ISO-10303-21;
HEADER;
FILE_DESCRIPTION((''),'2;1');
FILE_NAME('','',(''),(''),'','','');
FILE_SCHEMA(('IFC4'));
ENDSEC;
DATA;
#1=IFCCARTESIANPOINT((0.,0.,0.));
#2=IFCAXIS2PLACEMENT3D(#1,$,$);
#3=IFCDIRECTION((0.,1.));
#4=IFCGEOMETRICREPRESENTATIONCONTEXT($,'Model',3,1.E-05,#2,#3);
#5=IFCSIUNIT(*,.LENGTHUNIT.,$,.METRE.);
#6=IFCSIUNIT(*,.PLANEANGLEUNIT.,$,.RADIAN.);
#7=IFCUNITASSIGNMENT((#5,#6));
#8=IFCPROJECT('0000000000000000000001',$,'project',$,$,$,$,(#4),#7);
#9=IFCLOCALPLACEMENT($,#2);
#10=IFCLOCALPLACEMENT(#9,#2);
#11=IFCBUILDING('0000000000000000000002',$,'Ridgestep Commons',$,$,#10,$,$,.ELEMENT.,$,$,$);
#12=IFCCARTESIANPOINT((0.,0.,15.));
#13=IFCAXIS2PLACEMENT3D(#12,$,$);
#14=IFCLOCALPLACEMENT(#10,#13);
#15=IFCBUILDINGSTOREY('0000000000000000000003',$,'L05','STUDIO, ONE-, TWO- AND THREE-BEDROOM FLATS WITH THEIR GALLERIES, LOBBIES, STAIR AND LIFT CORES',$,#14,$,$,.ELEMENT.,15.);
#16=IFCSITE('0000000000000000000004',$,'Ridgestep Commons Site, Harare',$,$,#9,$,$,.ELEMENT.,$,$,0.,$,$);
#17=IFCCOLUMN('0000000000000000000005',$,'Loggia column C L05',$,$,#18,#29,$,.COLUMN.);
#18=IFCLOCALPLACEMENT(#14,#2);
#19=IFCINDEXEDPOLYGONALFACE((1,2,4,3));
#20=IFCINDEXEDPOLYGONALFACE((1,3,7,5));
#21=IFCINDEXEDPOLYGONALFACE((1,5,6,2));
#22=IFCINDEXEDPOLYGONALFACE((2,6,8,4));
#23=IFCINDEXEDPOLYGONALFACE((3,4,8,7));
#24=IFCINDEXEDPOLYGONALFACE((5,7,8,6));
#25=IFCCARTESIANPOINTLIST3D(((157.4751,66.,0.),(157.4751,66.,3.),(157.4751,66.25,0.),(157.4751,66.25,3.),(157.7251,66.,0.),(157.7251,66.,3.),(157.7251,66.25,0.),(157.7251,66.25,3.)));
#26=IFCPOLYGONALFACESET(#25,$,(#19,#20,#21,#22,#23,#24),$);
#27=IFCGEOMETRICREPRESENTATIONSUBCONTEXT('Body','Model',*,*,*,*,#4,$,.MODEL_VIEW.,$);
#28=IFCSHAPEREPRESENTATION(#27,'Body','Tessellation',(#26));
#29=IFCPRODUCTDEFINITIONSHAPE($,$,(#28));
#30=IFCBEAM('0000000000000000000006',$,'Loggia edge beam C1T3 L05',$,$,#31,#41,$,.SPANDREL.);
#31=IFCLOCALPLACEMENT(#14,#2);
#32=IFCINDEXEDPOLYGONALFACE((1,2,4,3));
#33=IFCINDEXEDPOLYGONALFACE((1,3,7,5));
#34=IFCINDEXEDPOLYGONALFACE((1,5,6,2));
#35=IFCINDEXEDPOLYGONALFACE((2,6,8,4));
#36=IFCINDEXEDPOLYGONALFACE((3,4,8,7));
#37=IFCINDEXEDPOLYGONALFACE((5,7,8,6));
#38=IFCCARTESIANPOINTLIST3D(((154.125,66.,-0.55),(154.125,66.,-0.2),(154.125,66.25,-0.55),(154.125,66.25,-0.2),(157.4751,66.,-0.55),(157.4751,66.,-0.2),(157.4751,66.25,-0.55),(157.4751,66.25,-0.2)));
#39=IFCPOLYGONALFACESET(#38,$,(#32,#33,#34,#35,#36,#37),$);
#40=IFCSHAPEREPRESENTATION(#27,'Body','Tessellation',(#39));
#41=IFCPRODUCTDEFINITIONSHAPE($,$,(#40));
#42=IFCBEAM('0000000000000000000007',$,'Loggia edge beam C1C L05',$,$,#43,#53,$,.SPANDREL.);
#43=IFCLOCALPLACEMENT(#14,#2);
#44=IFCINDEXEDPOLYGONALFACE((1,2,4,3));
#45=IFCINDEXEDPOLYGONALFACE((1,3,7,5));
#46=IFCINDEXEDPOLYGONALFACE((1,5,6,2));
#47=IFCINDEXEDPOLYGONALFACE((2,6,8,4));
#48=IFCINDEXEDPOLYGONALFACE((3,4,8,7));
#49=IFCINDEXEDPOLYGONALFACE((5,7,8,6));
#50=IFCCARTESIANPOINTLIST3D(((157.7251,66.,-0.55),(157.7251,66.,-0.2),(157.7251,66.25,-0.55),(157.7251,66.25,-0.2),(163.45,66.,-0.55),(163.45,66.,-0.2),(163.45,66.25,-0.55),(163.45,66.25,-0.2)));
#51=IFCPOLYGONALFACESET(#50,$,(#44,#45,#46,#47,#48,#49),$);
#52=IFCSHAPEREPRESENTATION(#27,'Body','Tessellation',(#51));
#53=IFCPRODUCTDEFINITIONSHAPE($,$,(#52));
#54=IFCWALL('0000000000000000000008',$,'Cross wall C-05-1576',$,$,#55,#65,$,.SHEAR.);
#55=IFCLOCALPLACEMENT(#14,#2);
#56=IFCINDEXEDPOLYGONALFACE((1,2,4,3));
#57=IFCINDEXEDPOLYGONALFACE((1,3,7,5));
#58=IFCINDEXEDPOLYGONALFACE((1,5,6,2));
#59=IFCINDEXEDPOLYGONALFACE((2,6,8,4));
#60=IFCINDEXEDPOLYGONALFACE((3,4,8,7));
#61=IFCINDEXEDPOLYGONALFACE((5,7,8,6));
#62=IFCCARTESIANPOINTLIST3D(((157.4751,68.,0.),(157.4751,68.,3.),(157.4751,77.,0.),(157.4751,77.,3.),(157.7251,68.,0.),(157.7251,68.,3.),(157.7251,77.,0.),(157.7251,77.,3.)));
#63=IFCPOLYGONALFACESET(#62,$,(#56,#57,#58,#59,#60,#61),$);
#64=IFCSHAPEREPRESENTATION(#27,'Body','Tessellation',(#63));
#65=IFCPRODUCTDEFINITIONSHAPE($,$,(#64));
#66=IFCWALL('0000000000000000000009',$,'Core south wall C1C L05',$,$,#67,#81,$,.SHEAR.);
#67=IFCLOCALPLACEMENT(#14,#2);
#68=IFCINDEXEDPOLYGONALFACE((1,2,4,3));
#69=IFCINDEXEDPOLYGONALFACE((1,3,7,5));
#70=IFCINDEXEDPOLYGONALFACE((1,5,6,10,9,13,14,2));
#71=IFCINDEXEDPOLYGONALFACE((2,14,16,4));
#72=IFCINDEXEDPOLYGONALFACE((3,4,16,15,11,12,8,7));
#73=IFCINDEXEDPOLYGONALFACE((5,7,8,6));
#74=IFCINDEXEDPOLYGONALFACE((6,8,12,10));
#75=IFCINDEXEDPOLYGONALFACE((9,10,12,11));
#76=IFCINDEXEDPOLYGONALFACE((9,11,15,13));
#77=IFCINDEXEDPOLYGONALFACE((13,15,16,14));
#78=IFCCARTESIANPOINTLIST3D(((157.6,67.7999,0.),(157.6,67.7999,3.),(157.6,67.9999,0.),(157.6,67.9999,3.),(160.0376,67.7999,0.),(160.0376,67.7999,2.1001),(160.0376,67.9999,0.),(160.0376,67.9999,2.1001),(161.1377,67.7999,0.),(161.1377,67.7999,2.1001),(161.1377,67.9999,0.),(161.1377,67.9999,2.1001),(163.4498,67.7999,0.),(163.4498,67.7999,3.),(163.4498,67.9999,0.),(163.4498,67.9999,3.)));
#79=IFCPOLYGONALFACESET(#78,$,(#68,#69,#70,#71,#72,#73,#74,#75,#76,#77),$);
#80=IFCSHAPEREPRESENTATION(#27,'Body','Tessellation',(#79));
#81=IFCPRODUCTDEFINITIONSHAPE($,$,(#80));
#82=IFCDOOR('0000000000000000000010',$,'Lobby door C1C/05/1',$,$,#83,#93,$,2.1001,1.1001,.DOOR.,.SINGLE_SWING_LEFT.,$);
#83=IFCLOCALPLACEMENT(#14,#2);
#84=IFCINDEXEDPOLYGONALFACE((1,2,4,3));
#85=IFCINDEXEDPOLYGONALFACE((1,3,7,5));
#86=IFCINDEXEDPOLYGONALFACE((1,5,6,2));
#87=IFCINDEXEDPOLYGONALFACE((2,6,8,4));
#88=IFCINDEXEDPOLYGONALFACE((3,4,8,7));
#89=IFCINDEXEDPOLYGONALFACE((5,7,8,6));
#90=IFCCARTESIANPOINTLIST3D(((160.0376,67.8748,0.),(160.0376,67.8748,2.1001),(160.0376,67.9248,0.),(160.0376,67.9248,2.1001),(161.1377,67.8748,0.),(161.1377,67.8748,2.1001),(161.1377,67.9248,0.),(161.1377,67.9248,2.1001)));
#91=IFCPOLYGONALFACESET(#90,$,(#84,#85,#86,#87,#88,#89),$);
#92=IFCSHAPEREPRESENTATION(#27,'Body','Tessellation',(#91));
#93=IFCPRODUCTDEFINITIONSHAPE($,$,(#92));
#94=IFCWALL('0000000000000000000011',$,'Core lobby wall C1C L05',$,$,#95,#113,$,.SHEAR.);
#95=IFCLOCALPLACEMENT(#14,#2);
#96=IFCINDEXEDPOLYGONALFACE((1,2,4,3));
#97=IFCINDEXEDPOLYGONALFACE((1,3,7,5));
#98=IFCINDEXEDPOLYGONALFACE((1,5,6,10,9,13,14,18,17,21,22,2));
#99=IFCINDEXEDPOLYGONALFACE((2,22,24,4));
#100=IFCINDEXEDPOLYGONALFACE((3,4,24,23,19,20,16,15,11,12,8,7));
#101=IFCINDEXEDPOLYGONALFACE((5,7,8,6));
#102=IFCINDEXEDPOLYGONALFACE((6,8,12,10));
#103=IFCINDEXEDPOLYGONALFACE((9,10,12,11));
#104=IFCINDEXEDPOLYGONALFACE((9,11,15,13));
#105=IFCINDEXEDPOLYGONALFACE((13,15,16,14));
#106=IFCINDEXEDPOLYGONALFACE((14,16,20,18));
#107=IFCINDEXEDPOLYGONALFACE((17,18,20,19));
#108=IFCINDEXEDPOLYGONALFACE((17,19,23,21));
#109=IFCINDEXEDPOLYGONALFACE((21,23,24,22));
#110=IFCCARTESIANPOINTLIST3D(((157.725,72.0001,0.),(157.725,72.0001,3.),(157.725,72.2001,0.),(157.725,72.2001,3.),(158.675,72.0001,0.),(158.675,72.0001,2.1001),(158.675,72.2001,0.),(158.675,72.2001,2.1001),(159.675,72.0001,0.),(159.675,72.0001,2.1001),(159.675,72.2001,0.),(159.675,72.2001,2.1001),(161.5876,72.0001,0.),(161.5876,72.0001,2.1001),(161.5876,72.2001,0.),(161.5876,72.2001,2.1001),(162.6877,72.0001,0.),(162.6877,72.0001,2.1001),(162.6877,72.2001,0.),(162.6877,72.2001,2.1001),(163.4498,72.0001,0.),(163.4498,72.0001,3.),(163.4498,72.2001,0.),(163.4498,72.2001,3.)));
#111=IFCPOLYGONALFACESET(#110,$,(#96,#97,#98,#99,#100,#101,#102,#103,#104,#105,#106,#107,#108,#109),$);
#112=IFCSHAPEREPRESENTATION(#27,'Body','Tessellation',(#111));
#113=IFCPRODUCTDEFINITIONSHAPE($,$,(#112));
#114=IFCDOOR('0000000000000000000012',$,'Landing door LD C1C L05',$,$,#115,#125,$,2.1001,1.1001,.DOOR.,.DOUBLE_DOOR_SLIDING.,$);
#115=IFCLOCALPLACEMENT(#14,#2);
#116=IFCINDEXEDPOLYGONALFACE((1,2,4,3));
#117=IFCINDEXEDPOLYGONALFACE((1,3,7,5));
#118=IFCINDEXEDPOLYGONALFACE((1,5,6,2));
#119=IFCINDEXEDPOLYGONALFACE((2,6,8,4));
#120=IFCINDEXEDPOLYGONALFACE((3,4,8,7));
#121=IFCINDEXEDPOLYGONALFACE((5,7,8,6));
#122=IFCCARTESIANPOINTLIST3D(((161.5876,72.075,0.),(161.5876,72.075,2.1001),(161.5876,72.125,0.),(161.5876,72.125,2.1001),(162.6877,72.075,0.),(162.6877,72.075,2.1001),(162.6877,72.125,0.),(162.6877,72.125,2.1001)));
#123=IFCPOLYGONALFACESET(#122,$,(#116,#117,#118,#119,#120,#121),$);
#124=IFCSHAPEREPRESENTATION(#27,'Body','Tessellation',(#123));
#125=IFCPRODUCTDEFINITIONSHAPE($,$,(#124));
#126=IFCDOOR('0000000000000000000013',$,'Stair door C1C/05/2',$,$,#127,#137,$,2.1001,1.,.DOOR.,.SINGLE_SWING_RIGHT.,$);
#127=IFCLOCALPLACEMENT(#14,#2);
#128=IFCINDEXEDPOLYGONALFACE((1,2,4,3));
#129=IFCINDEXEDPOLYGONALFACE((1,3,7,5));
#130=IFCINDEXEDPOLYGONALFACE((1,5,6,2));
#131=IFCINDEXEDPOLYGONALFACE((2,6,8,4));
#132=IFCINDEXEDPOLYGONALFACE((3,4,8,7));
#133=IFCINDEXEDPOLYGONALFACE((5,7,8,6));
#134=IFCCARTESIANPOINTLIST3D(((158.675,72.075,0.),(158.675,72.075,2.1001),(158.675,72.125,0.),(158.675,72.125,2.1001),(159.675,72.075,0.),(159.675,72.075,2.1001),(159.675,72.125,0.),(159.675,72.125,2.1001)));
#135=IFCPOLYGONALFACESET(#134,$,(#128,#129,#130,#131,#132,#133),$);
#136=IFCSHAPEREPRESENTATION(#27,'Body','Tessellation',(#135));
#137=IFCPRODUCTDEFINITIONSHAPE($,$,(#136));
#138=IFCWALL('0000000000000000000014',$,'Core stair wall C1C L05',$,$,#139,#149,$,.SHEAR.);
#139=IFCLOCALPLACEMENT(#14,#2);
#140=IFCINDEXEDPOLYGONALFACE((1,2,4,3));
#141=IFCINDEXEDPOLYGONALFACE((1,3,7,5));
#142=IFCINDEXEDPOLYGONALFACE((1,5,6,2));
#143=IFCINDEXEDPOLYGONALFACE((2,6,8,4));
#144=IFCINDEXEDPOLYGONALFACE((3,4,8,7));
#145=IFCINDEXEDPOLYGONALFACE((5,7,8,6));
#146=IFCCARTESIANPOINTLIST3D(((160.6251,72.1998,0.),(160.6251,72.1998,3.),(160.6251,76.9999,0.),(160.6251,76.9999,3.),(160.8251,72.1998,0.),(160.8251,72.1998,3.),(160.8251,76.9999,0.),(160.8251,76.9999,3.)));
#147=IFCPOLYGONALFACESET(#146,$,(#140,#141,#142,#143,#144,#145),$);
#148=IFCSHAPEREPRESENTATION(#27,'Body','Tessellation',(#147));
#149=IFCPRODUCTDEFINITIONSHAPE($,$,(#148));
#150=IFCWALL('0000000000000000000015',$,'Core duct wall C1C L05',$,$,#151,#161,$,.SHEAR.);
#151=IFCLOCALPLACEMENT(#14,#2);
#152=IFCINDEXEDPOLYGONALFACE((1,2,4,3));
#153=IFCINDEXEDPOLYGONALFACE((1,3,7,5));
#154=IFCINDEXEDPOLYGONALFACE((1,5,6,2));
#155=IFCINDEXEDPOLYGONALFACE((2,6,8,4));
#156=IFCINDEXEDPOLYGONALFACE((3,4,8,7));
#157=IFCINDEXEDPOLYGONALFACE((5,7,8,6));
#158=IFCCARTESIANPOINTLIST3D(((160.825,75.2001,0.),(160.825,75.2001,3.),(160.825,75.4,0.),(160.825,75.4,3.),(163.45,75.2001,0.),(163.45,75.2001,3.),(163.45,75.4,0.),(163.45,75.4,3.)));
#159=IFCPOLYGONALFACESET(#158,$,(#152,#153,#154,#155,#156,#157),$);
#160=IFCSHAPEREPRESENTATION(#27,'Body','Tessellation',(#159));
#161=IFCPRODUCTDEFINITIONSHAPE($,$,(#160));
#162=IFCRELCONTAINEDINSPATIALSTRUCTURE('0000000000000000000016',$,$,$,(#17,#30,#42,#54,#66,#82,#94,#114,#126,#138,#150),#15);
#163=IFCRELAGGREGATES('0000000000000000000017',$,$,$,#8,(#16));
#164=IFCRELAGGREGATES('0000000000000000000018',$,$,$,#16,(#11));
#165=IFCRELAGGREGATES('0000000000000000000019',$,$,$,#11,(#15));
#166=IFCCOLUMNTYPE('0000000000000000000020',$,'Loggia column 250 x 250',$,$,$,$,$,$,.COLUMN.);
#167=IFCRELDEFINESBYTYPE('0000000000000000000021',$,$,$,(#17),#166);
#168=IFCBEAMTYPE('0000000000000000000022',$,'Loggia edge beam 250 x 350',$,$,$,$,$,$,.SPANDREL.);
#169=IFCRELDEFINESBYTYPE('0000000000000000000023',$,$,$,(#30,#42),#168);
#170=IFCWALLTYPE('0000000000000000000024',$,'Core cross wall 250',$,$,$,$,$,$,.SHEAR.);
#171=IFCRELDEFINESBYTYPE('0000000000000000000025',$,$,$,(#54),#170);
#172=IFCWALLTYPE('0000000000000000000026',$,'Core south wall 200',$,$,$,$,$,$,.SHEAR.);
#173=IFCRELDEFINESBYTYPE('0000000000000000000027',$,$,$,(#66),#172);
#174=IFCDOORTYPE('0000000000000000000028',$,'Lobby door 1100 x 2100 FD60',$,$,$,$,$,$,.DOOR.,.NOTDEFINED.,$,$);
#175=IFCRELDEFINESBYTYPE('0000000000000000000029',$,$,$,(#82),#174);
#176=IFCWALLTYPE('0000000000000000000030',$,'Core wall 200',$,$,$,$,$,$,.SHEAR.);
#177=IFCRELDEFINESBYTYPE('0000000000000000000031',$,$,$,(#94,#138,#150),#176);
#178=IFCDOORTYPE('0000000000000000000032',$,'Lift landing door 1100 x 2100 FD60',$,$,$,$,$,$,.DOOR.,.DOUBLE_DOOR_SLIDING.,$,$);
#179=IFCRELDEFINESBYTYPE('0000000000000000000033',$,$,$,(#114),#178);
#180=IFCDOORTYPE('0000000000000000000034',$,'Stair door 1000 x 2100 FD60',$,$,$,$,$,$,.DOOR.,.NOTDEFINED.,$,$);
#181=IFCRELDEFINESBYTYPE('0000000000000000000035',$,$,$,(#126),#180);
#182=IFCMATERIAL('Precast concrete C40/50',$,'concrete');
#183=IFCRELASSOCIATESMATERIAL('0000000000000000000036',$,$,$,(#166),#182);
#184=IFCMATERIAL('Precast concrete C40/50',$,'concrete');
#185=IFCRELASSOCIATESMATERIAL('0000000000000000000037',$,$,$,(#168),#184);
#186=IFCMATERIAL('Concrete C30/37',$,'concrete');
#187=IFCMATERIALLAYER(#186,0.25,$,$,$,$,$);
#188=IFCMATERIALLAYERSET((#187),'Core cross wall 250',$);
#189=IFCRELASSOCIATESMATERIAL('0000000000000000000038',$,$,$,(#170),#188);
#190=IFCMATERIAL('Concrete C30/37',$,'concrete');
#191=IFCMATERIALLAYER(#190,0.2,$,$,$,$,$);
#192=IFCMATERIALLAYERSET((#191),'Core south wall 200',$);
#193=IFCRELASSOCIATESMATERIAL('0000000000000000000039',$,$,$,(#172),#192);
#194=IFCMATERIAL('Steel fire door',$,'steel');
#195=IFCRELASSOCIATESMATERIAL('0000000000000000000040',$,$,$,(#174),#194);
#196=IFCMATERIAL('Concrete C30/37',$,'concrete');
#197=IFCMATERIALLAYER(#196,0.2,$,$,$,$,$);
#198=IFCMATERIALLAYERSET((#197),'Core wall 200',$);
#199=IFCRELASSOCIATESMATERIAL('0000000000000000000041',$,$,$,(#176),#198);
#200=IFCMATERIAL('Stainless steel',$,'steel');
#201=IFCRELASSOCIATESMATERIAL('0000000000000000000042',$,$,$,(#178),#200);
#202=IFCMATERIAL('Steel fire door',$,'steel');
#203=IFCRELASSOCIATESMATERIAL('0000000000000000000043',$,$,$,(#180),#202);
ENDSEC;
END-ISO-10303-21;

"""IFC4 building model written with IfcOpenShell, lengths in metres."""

from ifc_helpers import new_model, si_unit, direction, frame, frame_2d, origin, origin_2d, place, context, subcontext, project, spatial, rectangle, extrude, material, layer, layer_set, material_profile, profile_set, type_object, element, fill, save


model = new_model("IFC4")

# Units and contexts
model_context = context("Model", 3, precision=1e-05, world=origin(), true_north=direction((0.0, 1.0)))
body_context = subcontext(model_context, "Body", "Model", "MODEL_VIEW")
ifc_project = project(units=[si_unit("LENGTHUNIT", "METRE"), si_unit("PLANEANGLEUNIT", "RADIAN")], contexts=[model_context])

# Site, building, storey
site_placement = place(None, origin())
site = spatial("IfcSite", under=ifc_project, at=site_placement, Name="Ridgestep Commons Site, Harare", CompositionType="ELEMENT", RefElevation=0.0)
building_placement = place(site_placement, origin())
building = spatial("IfcBuilding", under=site, at=building_placement, Name="Ridgestep Commons", CompositionType="ELEMENT")
storey_placement = place(building_placement, frame((0.0, 0.0, 15.0)))
storey = spatial("IfcBuildingStorey", under=building, at=storey_placement, Name="L05", Description="STUDIO, ONE-, TWO- AND THREE-BEDROOM FLATS WITH THEIR GALLERIES, LOBBIES, STAIR AND LIFT CORES", CompositionType="ELEMENT", Elevation=15.0)

# Column
ifc_material_1 = material(Name="Precast concrete C40/50", Category="concrete")
ifc_material_profile_1 = material_profile(ifc_material_1, rectangle(XDim=0.25, YDim=0.25, at=origin_2d()), Name="PC 250x250")
ifc_profile_set_1 = profile_set([ifc_material_profile_1], Name="Precast concrete C40/50")
column_type = type_object("IfcColumnType", Name="Loggia column 250 x 250", PredefinedType="COLUMN", material=ifc_profile_set_1)
column_placement = place(storey_placement, frame((157.6001, 66.125, 0.0), z_axis=(0.0, 0.0, 1.0), x_axis=(1.0, 0.0, 0.0)))
element("IfcColumn", 1, at=column_placement, inside=storey, type_object=column_type, Name="Loggia column C L05", PredefinedType="COLUMN", context=body_context, shape_type="SweptSolid", body=[
    extrude(rectangle(XDim=0.25, YDim=0.25, at=origin_2d()), origin(), (0.0, 0.0, 1.0), 3.0),
])

# Beams
ifc_material_2 = material(Name="Precast concrete C40/50", Category="concrete")
ifc_material_profile_2 = material_profile(ifc_material_2, rectangle(XDim=0.25, YDim=0.3501, at=origin_2d()), Name="PC 250x350")
ifc_profile_set_2 = profile_set([ifc_material_profile_2], Name="Precast concrete C40/50")
beam_type = type_object("IfcBeamType", Name="Loggia edge beam 250 x 350", PredefinedType="SPANDREL", material=ifc_profile_set_2)
beam_1_placement = place(storey_placement, frame((154.125, 66.125, -0.375), z_axis=(1.0, 0.0, 0.0), x_axis=(0.0, 1.0, 0.0)))
element("IfcBeam", 2, at=beam_1_placement, inside=storey, type_object=beam_type, Name="Loggia edge beam C1T3 L05", PredefinedType="SPANDREL", context=body_context, shape_type="SweptSolid", body=[
    extrude(rectangle(XDim=0.25, YDim=0.3501, at=origin_2d()), origin(), (0.0, 0.0, 1.0), 3.3501),
])
beam_2_placement = place(storey_placement, frame((157.7251, 66.125, -0.375), z_axis=(1.0, 0.0, 0.0), x_axis=(0.0, 1.0, 0.0)))
element("IfcBeam", 3, at=beam_2_placement, inside=storey, type_object=beam_type, Name="Loggia edge beam C1C L05", PredefinedType="SPANDREL", context=body_context, shape_type="SweptSolid", body=[
    extrude(rectangle(XDim=0.25, YDim=0.3501, at=origin_2d()), origin(), (0.0, 0.0, 1.0), 5.7249),
])

# Wall
ifc_material_3 = material(Name="Concrete C30/37", Category="concrete")
ifc_layer_1 = layer(ifc_material_3, 0.25)
ifc_layer_set_1 = layer_set([ifc_layer_1], Name="Core cross wall 250")
wall_type_1 = type_object("IfcWallType", Name="Core cross wall 250", PredefinedType="SHEAR", material=ifc_layer_set_1)
wall_1_placement = place(storey_placement, frame((157.6001, 68.0, 0.0), z_axis=(0.0, 0.0, 1.0), x_axis=(0.0, 1.0, 0.0)))
element("IfcWall", 4, at=wall_1_placement, inside=storey, type_object=wall_type_1, Name="Cross wall C-05-1576", PredefinedType="SHEAR", context=body_context, shape_type="SweptSolid", body=[
    extrude(rectangle(XDim=9.0, YDim=0.25, at=frame_2d((4.5, 0.0))), origin(), (0.0, 0.0, 1.0), 3.0),
])

# Wall, opening, door
ifc_material_4 = material(Name="Concrete C30/37", Category="concrete")
ifc_layer_2 = layer(ifc_material_4, 0.2)
ifc_layer_set_2 = layer_set([ifc_layer_2], Name="Core south wall 200")
wall_type_2 = type_object("IfcWallType", Name="Core south wall 200", PredefinedType="SHEAR", material=ifc_layer_set_2)
wall_2_placement = place(storey_placement, frame((157.6001, 67.8999, 0.0), z_axis=(0.0, 0.0, 1.0), x_axis=(1.0, 0.0, 0.0)))
wall_2 = element("IfcWall", 5, at=wall_2_placement, inside=storey, type_object=wall_type_2, Name="Core south wall C1C L05", PredefinedType="SHEAR", context=body_context, shape_type="SweptSolid", body=[
    extrude(rectangle(XDim=5.8499, YDim=0.2, at=frame_2d((2.9248, 0.0))), origin(), (0.0, 0.0, 1.0), 3.0),
])
opening_1_placement = place(wall_2_placement, frame((2.4375, 0.0, 0.0)))
opening_1 = element("IfcOpeningElement", 6, at=opening_1_placement, cuts=wall_2, PredefinedType="OPENING", context=body_context, shape_type="SweptSolid", body=[
    extrude(rectangle(XDim=1.1001, YDim=2.1001, at=frame_2d((0.55, 1.05))), frame((0.0, 0.1099, 0.0), z_axis=(0.0, -1.0, 0.0), x_axis=(1.0, 0.0, 0.0)), (0.0, 0.0, 1.0), 0.22),
])
ifc_material_5 = material(Name="Steel fire door", Category="steel")
door_type_1 = type_object("IfcDoorType", Name="Lobby door 1100 x 2100 FD60", OperationType="NOTDEFINED", PredefinedType="DOOR", material=ifc_material_5)
door_1_placement = place(opening_1_placement, origin())
door_1 = element("IfcDoor", 7, at=door_1_placement, inside=storey, type_object=door_type_1, Name="Lobby door C1C/05/1", OperationType="SINGLE_SWING_LEFT", OverallHeight=2.1001, OverallWidth=1.1001, PredefinedType="DOOR", context=body_context, shape_type="SweptSolid", body=[
    extrude(rectangle(XDim=1.1001, YDim=2.1001, at=frame_2d((0.55, 1.05))), frame((0.0, 0.0249, 0.0), z_axis=(0.0, -1.0, 0.0), x_axis=(1.0, 0.0, 0.0)), (0.0, 0.0, 1.0), 0.05),
])
fill(opening_1, door_1)

# Wall, openings, doors
ifc_material_6 = material(Name="Concrete C30/37", Category="concrete")
ifc_layer_3 = layer(ifc_material_6, 0.2)
ifc_layer_set_3 = layer_set([ifc_layer_3], Name="Core wall 200")
wall_type_3 = type_object("IfcWallType", Name="Core wall 200", PredefinedType="SHEAR", material=ifc_layer_set_3)
wall_3_placement = place(storey_placement, frame((157.7251, 72.1001, 0.0), z_axis=(0.0, 0.0, 1.0), x_axis=(1.0, 0.0, 0.0)))
wall_3 = element("IfcWall", 8, at=wall_3_placement, inside=storey, type_object=wall_type_3, Name="Core lobby wall C1C L05", PredefinedType="SHEAR", context=body_context, shape_type="SweptSolid", body=[
    extrude(rectangle(XDim=5.7249, YDim=0.2, at=frame_2d((2.8623, 0.0))), origin(), (0.0, 0.0, 1.0), 3.0),
])
opening_2_placement = place(wall_3_placement, frame((0.95, 0.0, 0.0)))
opening_2 = element("IfcOpeningElement", 9, at=opening_2_placement, cuts=wall_3, PredefinedType="OPENING", context=body_context, shape_type="SweptSolid", body=[
    extrude(rectangle(XDim=1.0, YDim=2.1001, at=frame_2d((0.5, 1.05))), frame((0.0, 0.1099, 0.0), z_axis=(0.0, -1.0, 0.0), x_axis=(1.0, 0.0, 0.0)), (0.0, 0.0, 1.0), 0.22),
])
opening_3_placement = place(wall_3_placement, frame((3.8625, 0.0, 0.0)))
opening_3 = element("IfcOpeningElement", 10, at=opening_3_placement, cuts=wall_3, PredefinedType="OPENING", context=body_context, shape_type="SweptSolid", body=[
    extrude(rectangle(XDim=1.1001, YDim=2.1001, at=frame_2d((0.55, 1.05))), frame((0.0, 0.1099, 0.0), z_axis=(0.0, -1.0, 0.0), x_axis=(1.0, 0.0, 0.0)), (0.0, 0.0, 1.0), 0.22),
])
ifc_material_7 = material(Name="Stainless steel", Category="steel")
door_type_2 = type_object("IfcDoorType", Name="Lift landing door 1100 x 2100 FD60", OperationType="DOUBLE_DOOR_SLIDING", PredefinedType="DOOR", material=ifc_material_7)
door_2_placement = place(opening_3_placement, origin())
door_2 = element("IfcDoor", 11, at=door_2_placement, inside=storey, type_object=door_type_2, Name="Landing door LD C1C L05", OperationType="DOUBLE_DOOR_SLIDING", OverallHeight=2.1001, OverallWidth=1.1001, PredefinedType="DOOR", context=body_context, shape_type="SweptSolid", body=[
    extrude(rectangle(XDim=1.1001, YDim=2.1001, at=frame_2d((0.55, 1.05))), frame((0.0, 0.0249, 0.0), z_axis=(0.0, -1.0, 0.0), x_axis=(1.0, 0.0, 0.0)), (0.0, 0.0, 1.0), 0.05),
])
fill(opening_3, door_2)
ifc_material_8 = material(Name="Steel fire door", Category="steel")
door_type_3 = type_object("IfcDoorType", Name="Stair door 1000 x 2100 FD60", OperationType="NOTDEFINED", PredefinedType="DOOR", material=ifc_material_8)
door_3_placement = place(opening_2_placement, origin())
door_3 = element("IfcDoor", 12, at=door_3_placement, inside=storey, type_object=door_type_3, Name="Stair door C1C/05/2", OperationType="SINGLE_SWING_RIGHT", OverallHeight=2.1001, OverallWidth=1.0, PredefinedType="DOOR", context=body_context, shape_type="SweptSolid", body=[
    extrude(rectangle(XDim=1.0, YDim=2.1001, at=frame_2d((0.5, 1.05))), frame((0.0, 0.0249, 0.0), z_axis=(0.0, -1.0, 0.0), x_axis=(1.0, 0.0, 0.0)), (0.0, 0.0, 1.0), 0.05),
])
fill(opening_2, door_3)

# Walls
wall_4_placement = place(storey_placement, frame((160.7251, 72.2, 0.0), z_axis=(0.0, 0.0, 1.0), x_axis=(0.0, 1.0, 0.0)))
element("IfcWall", 13, at=wall_4_placement, inside=storey, type_object=wall_type_3, Name="Core stair wall C1C L05", PredefinedType="SHEAR", context=body_context, shape_type="SweptSolid", body=[
    extrude(rectangle(XDim=4.8, YDim=0.2, at=frame_2d((2.3999, 0.0))), origin(), (0.0, 0.0, 1.0), 3.0),
])
wall_5_placement = place(storey_placement, frame((160.825, 75.3, 0.0), z_axis=(0.0, 0.0, 1.0), x_axis=(1.0, 0.0, 0.0)))
element("IfcWall", 14, at=wall_5_placement, inside=storey, type_object=wall_type_3, Name="Core duct wall C1C L05", PredefinedType="SHEAR", context=body_context, shape_type="SweptSolid", body=[
    extrude(rectangle(XDim=2.625, YDim=0.2, at=frame_2d((1.3125, 0.0))), origin(), (0.0, 0.0, 1.0), 3.0),
])

save(model, "model.ifc")
